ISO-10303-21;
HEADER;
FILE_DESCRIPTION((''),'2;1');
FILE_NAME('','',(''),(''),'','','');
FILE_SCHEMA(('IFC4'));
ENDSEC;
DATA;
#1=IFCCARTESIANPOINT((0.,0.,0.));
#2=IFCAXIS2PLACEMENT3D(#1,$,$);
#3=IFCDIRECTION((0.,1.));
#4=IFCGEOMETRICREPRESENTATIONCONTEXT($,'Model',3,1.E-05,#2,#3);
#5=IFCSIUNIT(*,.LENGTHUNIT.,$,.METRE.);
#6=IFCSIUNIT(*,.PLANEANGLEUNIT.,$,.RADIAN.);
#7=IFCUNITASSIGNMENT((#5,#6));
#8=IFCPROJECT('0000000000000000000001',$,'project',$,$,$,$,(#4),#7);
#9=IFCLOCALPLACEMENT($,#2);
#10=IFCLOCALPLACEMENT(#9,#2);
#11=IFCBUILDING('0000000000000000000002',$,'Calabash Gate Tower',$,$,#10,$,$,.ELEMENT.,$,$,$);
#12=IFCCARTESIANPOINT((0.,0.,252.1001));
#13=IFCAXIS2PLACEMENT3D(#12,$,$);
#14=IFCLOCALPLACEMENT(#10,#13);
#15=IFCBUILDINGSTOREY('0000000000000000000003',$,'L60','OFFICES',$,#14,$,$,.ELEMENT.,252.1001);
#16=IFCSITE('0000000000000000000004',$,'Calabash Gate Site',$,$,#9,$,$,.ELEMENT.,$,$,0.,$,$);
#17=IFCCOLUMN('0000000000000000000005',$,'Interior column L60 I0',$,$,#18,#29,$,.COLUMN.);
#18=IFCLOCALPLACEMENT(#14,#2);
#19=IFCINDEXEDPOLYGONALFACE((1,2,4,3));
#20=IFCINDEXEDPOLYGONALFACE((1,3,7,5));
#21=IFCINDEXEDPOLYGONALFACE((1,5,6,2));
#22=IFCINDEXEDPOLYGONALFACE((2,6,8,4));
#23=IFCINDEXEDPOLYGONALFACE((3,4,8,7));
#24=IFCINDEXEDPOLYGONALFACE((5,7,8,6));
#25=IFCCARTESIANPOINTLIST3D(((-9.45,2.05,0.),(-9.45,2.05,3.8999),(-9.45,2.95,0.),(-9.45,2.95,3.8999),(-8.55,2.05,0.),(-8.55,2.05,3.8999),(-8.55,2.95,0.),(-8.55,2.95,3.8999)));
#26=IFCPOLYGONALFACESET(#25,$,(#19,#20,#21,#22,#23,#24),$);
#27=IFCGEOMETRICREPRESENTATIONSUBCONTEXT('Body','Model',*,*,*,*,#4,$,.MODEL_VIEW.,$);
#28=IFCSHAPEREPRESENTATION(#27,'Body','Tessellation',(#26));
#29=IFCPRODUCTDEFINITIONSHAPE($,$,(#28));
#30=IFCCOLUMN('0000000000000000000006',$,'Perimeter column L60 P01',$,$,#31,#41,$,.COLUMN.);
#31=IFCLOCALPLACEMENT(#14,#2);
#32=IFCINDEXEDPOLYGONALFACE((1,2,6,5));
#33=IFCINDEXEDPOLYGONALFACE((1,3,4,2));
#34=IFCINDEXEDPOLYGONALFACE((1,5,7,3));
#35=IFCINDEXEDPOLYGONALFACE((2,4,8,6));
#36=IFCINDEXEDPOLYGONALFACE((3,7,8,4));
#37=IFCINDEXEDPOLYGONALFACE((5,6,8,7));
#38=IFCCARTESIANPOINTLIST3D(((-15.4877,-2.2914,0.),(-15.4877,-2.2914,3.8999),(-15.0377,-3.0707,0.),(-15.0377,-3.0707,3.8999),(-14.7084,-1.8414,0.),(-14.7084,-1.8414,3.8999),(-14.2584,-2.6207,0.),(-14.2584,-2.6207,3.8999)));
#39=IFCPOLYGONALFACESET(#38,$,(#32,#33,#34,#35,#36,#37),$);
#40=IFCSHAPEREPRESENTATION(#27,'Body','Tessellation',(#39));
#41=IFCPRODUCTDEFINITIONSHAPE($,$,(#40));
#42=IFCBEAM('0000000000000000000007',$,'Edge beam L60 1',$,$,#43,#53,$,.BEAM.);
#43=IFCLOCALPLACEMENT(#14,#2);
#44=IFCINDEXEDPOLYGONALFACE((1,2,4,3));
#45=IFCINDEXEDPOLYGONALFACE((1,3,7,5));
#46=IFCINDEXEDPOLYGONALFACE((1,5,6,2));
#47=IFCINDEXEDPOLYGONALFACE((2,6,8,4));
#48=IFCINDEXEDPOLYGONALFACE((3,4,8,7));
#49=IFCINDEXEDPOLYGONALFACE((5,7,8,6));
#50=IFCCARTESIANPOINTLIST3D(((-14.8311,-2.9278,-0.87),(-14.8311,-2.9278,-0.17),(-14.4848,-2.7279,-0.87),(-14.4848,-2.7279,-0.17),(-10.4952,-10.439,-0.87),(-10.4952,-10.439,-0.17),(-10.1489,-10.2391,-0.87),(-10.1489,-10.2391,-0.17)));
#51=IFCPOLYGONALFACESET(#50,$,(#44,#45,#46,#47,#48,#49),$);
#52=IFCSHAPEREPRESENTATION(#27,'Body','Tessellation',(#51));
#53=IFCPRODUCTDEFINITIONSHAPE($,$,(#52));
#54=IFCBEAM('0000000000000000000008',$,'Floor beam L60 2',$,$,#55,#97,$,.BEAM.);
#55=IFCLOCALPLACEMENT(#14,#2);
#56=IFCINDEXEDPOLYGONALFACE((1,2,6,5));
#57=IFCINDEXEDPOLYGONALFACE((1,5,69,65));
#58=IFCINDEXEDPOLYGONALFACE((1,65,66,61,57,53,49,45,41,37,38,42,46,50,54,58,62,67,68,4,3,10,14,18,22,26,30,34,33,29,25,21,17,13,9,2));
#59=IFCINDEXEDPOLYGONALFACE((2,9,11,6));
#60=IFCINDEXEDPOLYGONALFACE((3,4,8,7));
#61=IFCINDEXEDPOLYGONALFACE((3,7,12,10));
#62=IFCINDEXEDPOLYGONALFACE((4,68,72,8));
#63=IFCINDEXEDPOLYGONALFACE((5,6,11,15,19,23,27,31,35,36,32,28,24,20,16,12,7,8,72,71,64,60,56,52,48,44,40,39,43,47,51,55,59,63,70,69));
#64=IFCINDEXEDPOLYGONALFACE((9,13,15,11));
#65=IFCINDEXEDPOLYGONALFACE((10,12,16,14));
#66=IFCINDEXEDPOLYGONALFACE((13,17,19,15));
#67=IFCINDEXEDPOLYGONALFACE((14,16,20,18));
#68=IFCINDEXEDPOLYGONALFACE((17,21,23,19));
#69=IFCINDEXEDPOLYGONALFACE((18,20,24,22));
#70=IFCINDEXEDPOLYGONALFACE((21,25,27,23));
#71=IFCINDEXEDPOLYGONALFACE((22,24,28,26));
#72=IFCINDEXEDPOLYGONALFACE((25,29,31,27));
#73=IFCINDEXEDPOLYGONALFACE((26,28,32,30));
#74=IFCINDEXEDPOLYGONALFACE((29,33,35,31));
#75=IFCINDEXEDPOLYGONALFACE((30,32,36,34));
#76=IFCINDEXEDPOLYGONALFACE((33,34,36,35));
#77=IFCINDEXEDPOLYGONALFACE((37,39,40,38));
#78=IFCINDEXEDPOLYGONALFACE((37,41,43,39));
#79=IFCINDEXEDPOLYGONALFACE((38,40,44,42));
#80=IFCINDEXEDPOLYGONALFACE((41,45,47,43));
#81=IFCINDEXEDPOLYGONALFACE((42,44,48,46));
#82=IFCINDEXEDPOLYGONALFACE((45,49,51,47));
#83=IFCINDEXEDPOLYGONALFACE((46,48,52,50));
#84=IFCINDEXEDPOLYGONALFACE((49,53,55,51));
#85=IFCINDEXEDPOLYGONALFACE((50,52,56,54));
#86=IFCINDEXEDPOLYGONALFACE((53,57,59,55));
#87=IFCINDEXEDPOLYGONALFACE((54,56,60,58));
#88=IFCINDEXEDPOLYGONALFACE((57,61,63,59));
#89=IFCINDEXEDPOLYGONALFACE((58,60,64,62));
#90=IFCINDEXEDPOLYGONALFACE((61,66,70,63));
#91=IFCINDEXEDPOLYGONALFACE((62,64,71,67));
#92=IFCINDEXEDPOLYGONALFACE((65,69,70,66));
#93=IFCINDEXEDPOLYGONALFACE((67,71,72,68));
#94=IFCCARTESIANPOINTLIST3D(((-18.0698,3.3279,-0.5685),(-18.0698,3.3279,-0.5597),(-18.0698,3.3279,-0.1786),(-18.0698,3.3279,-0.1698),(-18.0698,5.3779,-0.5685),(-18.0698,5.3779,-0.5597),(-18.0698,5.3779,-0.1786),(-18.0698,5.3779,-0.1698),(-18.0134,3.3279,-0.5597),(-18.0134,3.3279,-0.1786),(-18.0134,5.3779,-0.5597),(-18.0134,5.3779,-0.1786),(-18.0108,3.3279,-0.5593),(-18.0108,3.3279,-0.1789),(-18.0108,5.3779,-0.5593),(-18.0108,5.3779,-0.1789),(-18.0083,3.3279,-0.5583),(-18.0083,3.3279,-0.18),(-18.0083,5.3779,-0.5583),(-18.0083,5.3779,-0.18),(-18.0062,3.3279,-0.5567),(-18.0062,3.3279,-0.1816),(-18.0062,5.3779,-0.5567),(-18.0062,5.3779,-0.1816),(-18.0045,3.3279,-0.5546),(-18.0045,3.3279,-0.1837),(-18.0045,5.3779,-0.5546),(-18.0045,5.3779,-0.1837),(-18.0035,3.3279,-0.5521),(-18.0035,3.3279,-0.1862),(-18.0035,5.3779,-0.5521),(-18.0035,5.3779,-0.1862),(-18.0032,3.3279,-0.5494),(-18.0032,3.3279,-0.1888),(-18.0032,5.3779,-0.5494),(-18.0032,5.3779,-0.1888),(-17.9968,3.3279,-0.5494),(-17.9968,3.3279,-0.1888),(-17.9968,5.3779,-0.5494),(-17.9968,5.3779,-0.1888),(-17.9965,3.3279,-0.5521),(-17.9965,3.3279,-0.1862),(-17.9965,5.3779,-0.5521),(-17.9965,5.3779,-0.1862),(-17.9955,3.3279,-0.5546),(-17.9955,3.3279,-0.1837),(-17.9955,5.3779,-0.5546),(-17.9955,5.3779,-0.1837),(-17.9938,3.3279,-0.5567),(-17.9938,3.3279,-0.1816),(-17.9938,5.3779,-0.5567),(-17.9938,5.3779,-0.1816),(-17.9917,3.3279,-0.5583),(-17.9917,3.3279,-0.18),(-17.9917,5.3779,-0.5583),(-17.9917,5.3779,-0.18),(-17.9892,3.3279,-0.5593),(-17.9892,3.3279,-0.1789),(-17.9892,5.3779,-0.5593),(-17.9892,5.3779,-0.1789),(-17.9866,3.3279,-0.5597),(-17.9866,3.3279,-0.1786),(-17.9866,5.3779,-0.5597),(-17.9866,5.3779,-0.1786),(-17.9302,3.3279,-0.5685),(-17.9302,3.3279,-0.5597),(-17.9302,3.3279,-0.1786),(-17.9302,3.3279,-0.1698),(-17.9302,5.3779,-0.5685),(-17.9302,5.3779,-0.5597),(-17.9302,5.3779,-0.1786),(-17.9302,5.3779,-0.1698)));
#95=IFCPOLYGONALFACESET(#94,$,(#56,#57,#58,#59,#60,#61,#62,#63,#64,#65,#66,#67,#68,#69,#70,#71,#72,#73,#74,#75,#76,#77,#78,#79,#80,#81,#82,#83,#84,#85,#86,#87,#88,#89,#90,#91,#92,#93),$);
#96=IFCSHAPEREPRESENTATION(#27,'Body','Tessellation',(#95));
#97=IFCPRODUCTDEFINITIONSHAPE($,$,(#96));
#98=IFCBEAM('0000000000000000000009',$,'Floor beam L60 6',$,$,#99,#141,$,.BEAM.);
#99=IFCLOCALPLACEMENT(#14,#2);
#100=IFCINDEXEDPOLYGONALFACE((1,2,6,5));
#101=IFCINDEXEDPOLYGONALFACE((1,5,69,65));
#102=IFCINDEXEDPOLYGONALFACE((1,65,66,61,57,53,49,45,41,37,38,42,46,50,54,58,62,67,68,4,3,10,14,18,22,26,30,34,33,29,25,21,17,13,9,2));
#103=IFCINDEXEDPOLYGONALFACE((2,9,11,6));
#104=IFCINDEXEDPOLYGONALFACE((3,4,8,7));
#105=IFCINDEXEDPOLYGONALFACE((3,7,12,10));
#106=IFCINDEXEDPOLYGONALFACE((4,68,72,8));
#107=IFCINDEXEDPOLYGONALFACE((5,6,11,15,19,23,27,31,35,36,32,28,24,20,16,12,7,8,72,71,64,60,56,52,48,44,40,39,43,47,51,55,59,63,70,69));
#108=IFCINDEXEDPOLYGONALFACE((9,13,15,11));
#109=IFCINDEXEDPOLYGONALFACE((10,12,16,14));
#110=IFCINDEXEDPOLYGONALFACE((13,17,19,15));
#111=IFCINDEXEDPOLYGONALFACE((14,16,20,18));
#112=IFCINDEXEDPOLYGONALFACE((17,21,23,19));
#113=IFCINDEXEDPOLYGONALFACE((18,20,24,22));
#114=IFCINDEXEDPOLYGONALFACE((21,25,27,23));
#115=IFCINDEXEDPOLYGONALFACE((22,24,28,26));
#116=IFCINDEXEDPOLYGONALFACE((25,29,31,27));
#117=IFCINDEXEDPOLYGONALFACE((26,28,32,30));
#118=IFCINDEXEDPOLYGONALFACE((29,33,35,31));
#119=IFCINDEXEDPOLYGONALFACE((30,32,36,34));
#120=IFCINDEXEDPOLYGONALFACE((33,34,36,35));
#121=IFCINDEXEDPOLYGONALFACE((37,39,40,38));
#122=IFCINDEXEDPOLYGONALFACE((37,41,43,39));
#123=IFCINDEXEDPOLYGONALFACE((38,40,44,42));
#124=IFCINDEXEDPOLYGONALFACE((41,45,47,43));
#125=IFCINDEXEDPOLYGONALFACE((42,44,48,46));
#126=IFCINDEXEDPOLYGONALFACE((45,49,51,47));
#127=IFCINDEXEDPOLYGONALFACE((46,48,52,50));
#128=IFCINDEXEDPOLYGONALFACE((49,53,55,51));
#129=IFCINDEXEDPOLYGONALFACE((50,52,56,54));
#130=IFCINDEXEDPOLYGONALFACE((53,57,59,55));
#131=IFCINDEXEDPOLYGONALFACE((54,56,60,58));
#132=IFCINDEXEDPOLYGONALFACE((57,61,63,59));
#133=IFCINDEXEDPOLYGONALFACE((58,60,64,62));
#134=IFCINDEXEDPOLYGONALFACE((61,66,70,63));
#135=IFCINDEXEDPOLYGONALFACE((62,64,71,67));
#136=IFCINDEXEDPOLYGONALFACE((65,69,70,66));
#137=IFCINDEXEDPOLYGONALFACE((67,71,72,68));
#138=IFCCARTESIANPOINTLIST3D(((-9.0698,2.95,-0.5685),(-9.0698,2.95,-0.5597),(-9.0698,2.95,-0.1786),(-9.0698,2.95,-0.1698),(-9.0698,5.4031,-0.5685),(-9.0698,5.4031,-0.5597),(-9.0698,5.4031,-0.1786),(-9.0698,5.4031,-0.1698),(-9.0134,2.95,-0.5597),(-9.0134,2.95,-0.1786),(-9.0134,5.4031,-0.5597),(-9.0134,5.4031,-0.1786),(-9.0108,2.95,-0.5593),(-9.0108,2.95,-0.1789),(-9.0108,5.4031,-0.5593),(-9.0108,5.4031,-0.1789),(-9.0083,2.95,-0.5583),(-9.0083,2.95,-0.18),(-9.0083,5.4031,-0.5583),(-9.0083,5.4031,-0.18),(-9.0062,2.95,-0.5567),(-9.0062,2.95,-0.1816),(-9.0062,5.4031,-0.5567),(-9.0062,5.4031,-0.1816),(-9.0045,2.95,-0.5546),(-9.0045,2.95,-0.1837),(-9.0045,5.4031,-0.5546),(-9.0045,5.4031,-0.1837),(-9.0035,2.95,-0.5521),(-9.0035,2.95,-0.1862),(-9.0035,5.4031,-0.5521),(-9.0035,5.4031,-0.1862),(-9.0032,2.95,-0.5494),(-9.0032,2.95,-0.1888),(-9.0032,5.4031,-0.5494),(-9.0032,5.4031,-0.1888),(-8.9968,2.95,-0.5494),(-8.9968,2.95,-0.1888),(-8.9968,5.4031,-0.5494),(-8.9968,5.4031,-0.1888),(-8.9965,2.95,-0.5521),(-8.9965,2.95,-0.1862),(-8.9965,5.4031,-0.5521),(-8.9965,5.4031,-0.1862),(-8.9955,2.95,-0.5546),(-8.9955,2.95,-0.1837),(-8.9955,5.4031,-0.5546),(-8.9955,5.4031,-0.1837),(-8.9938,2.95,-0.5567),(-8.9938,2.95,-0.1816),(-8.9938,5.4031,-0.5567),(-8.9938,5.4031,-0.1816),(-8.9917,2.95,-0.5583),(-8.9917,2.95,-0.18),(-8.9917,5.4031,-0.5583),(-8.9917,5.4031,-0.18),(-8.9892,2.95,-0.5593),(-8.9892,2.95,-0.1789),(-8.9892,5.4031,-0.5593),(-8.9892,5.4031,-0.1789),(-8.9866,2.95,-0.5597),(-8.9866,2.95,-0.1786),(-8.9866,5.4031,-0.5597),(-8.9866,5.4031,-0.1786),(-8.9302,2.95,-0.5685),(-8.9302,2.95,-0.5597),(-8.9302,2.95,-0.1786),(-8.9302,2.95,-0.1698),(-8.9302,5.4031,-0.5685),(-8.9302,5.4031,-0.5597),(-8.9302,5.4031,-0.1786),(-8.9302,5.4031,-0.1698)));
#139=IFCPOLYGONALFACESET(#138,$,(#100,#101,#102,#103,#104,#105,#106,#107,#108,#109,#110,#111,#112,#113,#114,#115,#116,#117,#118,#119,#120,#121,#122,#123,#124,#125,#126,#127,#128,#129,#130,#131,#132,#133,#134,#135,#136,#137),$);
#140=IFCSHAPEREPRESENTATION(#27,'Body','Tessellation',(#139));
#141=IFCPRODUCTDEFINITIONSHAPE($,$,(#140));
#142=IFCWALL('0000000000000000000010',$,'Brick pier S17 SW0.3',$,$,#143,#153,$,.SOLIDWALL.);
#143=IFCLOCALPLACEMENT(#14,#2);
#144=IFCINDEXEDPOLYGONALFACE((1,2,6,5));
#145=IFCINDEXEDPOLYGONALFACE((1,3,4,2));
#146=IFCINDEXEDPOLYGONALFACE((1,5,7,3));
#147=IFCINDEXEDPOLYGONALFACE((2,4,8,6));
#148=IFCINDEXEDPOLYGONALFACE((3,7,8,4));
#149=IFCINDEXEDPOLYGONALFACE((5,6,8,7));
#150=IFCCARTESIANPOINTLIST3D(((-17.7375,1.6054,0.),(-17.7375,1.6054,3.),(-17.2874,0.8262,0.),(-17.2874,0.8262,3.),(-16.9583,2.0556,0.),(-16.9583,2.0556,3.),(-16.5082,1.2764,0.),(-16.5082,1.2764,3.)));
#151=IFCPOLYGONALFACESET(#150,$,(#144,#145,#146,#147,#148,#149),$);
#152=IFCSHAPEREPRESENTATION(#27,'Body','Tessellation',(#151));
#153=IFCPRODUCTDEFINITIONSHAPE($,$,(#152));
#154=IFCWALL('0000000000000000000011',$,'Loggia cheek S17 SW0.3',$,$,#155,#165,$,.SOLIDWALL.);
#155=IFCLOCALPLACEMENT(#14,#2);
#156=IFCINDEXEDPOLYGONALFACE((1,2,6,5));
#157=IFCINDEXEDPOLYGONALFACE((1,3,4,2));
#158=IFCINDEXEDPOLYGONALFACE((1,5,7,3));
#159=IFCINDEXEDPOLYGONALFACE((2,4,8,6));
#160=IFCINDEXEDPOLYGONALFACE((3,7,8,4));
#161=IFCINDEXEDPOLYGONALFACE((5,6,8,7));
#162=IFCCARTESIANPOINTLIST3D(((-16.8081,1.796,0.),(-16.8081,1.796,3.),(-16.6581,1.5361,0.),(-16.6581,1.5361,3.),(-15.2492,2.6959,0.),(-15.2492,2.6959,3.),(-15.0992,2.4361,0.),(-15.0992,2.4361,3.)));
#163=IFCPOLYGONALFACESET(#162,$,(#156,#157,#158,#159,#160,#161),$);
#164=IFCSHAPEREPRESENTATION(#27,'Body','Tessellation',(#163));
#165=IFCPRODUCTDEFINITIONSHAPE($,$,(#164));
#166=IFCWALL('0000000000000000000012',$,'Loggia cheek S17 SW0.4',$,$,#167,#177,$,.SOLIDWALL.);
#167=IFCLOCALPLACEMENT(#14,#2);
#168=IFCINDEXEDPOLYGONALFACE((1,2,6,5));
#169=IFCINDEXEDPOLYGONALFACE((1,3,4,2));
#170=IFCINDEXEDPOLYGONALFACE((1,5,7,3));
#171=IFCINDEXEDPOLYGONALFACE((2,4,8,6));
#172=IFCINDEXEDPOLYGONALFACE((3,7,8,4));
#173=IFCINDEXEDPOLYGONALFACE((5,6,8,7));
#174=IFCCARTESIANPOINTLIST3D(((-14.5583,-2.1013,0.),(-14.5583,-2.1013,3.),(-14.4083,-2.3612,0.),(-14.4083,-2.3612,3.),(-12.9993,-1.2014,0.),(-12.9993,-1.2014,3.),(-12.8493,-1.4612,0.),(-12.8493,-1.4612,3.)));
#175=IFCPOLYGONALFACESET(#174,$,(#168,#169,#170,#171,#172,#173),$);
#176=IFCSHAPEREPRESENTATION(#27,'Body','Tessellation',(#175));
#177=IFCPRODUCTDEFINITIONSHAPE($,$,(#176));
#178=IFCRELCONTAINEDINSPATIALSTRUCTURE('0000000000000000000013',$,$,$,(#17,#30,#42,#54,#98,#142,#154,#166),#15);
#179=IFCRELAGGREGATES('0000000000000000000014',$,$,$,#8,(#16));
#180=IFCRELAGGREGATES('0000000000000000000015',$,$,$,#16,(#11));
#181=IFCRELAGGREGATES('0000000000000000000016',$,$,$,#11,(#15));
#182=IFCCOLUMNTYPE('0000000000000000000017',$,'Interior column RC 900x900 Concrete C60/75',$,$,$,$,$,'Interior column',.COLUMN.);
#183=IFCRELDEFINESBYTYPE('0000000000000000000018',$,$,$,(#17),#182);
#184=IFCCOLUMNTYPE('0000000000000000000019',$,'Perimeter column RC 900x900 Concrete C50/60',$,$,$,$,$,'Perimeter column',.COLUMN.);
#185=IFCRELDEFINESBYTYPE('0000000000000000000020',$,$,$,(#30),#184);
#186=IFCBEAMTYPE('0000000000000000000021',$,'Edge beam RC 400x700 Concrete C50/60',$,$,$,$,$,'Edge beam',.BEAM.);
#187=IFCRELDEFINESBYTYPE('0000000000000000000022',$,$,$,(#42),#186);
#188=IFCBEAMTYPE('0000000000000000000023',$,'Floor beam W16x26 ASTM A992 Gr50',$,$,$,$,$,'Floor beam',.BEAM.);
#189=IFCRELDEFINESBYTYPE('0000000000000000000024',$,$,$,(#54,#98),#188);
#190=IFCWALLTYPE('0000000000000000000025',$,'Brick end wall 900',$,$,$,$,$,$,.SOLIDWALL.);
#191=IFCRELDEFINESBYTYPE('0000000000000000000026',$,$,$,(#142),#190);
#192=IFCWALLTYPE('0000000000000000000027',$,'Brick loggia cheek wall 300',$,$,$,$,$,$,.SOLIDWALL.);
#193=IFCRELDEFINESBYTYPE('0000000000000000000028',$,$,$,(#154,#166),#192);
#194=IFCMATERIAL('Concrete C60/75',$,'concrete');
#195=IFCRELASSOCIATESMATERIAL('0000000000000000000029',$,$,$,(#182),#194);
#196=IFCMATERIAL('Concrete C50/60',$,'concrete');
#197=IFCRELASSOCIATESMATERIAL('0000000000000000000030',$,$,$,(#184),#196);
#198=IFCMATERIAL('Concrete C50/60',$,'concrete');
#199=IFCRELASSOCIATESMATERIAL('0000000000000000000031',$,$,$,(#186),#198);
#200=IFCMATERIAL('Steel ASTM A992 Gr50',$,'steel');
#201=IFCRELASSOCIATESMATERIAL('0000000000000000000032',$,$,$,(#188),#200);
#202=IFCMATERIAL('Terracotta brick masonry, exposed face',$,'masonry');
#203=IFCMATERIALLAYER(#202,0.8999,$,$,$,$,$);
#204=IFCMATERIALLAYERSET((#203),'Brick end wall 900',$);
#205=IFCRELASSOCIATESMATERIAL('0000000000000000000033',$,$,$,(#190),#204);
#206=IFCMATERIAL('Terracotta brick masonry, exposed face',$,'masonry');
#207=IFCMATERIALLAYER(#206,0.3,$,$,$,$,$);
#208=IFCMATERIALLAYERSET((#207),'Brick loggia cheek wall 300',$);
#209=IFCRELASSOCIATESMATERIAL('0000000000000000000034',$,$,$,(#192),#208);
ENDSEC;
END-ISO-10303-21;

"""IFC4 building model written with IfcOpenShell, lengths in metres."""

from ifc_helpers import new_model, si_unit, direction, frame, frame_2d, origin, origin_2d, place, context, subcontext, project, spatial, rectangle, i_section, extrude, material, layer, layer_set, material_profile, profile_set, type_object, element, save


model = new_model("IFC4")

# Units and contexts
model_context = context("Model", 3, precision=1e-05, world=origin(), true_north=direction((0.0, 1.0)))
body_context = subcontext(model_context, "Body", "Model", "MODEL_VIEW")
ifc_project = project(units=[si_unit("LENGTHUNIT", "METRE"), si_unit("PLANEANGLEUNIT", "RADIAN")], contexts=[model_context])

# Site, building, storey
site_placement = place(None, origin())
site = spatial("IfcSite", under=ifc_project, at=site_placement, Name="Calabash Gate Site", CompositionType="ELEMENT", RefElevation=0.0)
building_placement = place(site_placement, origin())
building = spatial("IfcBuilding", under=site, at=building_placement, Name="Calabash Gate Tower", CompositionType="ELEMENT")
storey_placement = place(building_placement, frame((0.0, 0.0, 252.1001)))
storey = spatial("IfcBuildingStorey", under=building, at=storey_placement, Name="L60", Description="OFFICES", CompositionType="ELEMENT", Elevation=252.1001)

# Columns
ifc_material_1 = material(Name="Concrete C60/75", Category="concrete")
ifc_material_profile_1 = material_profile(ifc_material_1, rectangle(XDim=0.8999, YDim=0.8999, at=origin_2d()))
ifc_profile_set_1 = profile_set([ifc_material_profile_1], Name="Concrete C60/75")
column_type_1 = type_object("IfcColumnType", Name="Interior column RC 900x900 Concrete C60/75", ElementType="Interior column", PredefinedType="COLUMN", material=ifc_profile_set_1)
column_1_placement = place(storey_placement, frame((-9.0, 2.5, 0.0), z_axis=(0.0, 0.0, 1.0), x_axis=(1.0, 0.0, 0.0)))
element("IfcColumn", 1, at=column_1_placement, inside=storey, type_object=column_type_1, Name="Interior column L60 I0", PredefinedType="COLUMN", context=body_context, shape_type="SweptSolid", body=[
    extrude(rectangle(XDim=0.8999, YDim=0.8999, at=origin_2d()), origin(), (0.0, 0.0, 1.0), 3.8999),
])
ifc_material_2 = material(Name="Concrete C50/60", Category="concrete")
ifc_material_profile_2 = material_profile(ifc_material_2, rectangle(XDim=0.8999, YDim=0.8999, at=origin_2d()))
ifc_profile_set_2 = profile_set([ifc_material_profile_2], Name="Concrete C50/60")
column_type_2 = type_object("IfcColumnType", Name="Perimeter column RC 900x900 Concrete C50/60", ElementType="Perimeter column", PredefinedType="COLUMN", material=ifc_profile_set_2)
column_2_placement = place(storey_placement, frame((-14.873, -2.4561, 0.0), z_axis=(0.0, 0.0, 1.0), x_axis=(0.5, -0.866025, 0.0)))
element("IfcColumn", 2, at=column_2_placement, inside=storey, type_object=column_type_2, Name="Perimeter column L60 P01", PredefinedType="COLUMN", context=body_context, shape_type="SweptSolid", body=[
    extrude(rectangle(XDim=0.8999, YDim=0.8999, at=origin_2d()), origin(), (0.0, 0.0, 1.0), 3.8999),
])

# Beams
ifc_material_3 = material(Name="Concrete C50/60", Category="concrete")
ifc_material_profile_3 = material_profile(ifc_material_3, rectangle(XDim=0.3999, YDim=0.7, at=origin_2d()))
ifc_profile_set_3 = profile_set([ifc_material_profile_3], Name="Concrete C50/60")
beam_type_1 = type_object("IfcBeamType", Name="Edge beam RC 400x700 Concrete C50/60", ElementType="Edge beam", PredefinedType="BEAM", material=ifc_profile_set_3)
beam_1_placement = place(storey_placement, frame((-14.658, -2.8279, -0.52), z_axis=(0.499942, -0.866059, 0.0), x_axis=(0.866059, 0.499942, 0.0)))
element("IfcBeam", 3, at=beam_1_placement, inside=storey, type_object=beam_type_1, Name="Edge beam L60 1", PredefinedType="BEAM", context=body_context, shape_type="SweptSolid", body=[
    extrude(rectangle(XDim=0.3999, YDim=0.7, at=origin_2d()), origin(), (0.0, 0.0, 1.0), 8.6729),
])
ifc_material_4 = material(Name="Steel ASTM A992 Gr50", Category="steel")
ifc_material_profile_4 = material_profile(ifc_material_4, i_section(OverallWidth=0.1396, OverallDepth=0.3987, WebThickness=0.0063, FlangeThickness=0.0088, FilletRadius=0.0103, at=origin_2d()))
ifc_profile_set_4 = profile_set([ifc_material_profile_4], Name="Steel ASTM A992 Gr50")
beam_type_2 = type_object("IfcBeamType", Name="Floor beam W16x26 ASTM A992 Gr50", ElementType="Floor beam", PredefinedType="BEAM", material=ifc_profile_set_4)
beam_2_placement = place(storey_placement, frame((-18.0, 3.3279, -0.3691), z_axis=(0.0, 1.0, 0.0), x_axis=(-1.0, 0.0, 0.0)))
element("IfcBeam", 4, at=beam_2_placement, inside=storey, type_object=beam_type_2, Name="Floor beam L60 2", PredefinedType="BEAM", context=body_context, shape_type="SweptSolid", body=[
    extrude(i_section(OverallWidth=0.1396, OverallDepth=0.3987, WebThickness=0.0063, FlangeThickness=0.0088, FilletRadius=0.0103, at=origin_2d()), origin(), (0.0, 0.0, 1.0), 2.05),
])
beam_3_placement = place(storey_placement, frame((-9.0, 2.95, -0.3691), z_axis=(0.0, 1.0, 0.0), x_axis=(-1.0, 0.0, 0.0)))
element("IfcBeam", 5, at=beam_3_placement, inside=storey, type_object=beam_type_2, Name="Floor beam L60 6", PredefinedType="BEAM", context=body_context, shape_type="SweptSolid", body=[
    extrude(i_section(OverallWidth=0.1396, OverallDepth=0.3987, WebThickness=0.0063, FlangeThickness=0.0088, FilletRadius=0.0103, at=origin_2d()), origin(), (0.0, 0.0, 1.0), 2.4531),
])

# Walls
ifc_material_5 = material(Name="Terracotta brick masonry, exposed face", Category="masonry")
ifc_layer_1 = layer(ifc_material_5, 0.8999)
ifc_layer_set_1 = layer_set([ifc_layer_1], Name="Brick end wall 900")
wall_type_1 = type_object("IfcWallType", Name="Brick end wall 900", PredefinedType="SOLIDWALL", material=ifc_layer_set_1)
wall_1_placement = place(storey_placement, frame((-17.5125, 1.2158, 0.0), z_axis=(0.0, 0.0, 1.0), x_axis=(0.865896, 0.500223, 0.0)))
element("IfcWall", 6, at=wall_1_placement, inside=storey, type_object=wall_type_1, Name="Brick pier S17 SW0.3", PredefinedType="SOLIDWALL", context=body_context, shape_type="SweptSolid", body=[
    extrude(rectangle(XDim=0.8999, YDim=0.8999, at=frame_2d((0.45, 0.0))), origin(), (0.0, 0.0, 1.0), 3.0),
])
ifc_material_6 = material(Name="Terracotta brick masonry, exposed face", Category="masonry")
ifc_layer_2 = layer(ifc_material_6, 0.3)
ifc_layer_set_2 = layer_set([ifc_layer_2], Name="Brick loggia cheek wall 300")
wall_type_2 = type_object("IfcWallType", Name="Brick loggia cheek wall 300", PredefinedType="SOLIDWALL", material=ifc_layer_set_2)
for number, where, z_axis, x_axis, name in (
    (7, (-15.1743, 2.5659, 0.0), (0.0, 0.0, 1.0), (-0.866048, -0.499961, 0.0), "Loggia cheek S17 SW0.3"),
    (8, (-14.4832, -2.2312, 0.0), (0.0, 0.0, 1.0), (0.866048, 0.499961, 0.0), "Loggia cheek S17 SW0.4"),
):
    element("IfcWall", number, at=place(storey_placement, frame(where, z_axis=z_axis, x_axis=x_axis)), inside=storey, type_object=wall_type_2, Name=name, PredefinedType="SOLIDWALL", context=body_context, shape_type="SweptSolid", body=[
        extrude(rectangle(XDim=1.8, YDim=0.3, at=frame_2d((0.8999, 0.0))), origin(), (0.0, 0.0, 1.0), 3.0),
    ])

save(model, "model.ifc")
